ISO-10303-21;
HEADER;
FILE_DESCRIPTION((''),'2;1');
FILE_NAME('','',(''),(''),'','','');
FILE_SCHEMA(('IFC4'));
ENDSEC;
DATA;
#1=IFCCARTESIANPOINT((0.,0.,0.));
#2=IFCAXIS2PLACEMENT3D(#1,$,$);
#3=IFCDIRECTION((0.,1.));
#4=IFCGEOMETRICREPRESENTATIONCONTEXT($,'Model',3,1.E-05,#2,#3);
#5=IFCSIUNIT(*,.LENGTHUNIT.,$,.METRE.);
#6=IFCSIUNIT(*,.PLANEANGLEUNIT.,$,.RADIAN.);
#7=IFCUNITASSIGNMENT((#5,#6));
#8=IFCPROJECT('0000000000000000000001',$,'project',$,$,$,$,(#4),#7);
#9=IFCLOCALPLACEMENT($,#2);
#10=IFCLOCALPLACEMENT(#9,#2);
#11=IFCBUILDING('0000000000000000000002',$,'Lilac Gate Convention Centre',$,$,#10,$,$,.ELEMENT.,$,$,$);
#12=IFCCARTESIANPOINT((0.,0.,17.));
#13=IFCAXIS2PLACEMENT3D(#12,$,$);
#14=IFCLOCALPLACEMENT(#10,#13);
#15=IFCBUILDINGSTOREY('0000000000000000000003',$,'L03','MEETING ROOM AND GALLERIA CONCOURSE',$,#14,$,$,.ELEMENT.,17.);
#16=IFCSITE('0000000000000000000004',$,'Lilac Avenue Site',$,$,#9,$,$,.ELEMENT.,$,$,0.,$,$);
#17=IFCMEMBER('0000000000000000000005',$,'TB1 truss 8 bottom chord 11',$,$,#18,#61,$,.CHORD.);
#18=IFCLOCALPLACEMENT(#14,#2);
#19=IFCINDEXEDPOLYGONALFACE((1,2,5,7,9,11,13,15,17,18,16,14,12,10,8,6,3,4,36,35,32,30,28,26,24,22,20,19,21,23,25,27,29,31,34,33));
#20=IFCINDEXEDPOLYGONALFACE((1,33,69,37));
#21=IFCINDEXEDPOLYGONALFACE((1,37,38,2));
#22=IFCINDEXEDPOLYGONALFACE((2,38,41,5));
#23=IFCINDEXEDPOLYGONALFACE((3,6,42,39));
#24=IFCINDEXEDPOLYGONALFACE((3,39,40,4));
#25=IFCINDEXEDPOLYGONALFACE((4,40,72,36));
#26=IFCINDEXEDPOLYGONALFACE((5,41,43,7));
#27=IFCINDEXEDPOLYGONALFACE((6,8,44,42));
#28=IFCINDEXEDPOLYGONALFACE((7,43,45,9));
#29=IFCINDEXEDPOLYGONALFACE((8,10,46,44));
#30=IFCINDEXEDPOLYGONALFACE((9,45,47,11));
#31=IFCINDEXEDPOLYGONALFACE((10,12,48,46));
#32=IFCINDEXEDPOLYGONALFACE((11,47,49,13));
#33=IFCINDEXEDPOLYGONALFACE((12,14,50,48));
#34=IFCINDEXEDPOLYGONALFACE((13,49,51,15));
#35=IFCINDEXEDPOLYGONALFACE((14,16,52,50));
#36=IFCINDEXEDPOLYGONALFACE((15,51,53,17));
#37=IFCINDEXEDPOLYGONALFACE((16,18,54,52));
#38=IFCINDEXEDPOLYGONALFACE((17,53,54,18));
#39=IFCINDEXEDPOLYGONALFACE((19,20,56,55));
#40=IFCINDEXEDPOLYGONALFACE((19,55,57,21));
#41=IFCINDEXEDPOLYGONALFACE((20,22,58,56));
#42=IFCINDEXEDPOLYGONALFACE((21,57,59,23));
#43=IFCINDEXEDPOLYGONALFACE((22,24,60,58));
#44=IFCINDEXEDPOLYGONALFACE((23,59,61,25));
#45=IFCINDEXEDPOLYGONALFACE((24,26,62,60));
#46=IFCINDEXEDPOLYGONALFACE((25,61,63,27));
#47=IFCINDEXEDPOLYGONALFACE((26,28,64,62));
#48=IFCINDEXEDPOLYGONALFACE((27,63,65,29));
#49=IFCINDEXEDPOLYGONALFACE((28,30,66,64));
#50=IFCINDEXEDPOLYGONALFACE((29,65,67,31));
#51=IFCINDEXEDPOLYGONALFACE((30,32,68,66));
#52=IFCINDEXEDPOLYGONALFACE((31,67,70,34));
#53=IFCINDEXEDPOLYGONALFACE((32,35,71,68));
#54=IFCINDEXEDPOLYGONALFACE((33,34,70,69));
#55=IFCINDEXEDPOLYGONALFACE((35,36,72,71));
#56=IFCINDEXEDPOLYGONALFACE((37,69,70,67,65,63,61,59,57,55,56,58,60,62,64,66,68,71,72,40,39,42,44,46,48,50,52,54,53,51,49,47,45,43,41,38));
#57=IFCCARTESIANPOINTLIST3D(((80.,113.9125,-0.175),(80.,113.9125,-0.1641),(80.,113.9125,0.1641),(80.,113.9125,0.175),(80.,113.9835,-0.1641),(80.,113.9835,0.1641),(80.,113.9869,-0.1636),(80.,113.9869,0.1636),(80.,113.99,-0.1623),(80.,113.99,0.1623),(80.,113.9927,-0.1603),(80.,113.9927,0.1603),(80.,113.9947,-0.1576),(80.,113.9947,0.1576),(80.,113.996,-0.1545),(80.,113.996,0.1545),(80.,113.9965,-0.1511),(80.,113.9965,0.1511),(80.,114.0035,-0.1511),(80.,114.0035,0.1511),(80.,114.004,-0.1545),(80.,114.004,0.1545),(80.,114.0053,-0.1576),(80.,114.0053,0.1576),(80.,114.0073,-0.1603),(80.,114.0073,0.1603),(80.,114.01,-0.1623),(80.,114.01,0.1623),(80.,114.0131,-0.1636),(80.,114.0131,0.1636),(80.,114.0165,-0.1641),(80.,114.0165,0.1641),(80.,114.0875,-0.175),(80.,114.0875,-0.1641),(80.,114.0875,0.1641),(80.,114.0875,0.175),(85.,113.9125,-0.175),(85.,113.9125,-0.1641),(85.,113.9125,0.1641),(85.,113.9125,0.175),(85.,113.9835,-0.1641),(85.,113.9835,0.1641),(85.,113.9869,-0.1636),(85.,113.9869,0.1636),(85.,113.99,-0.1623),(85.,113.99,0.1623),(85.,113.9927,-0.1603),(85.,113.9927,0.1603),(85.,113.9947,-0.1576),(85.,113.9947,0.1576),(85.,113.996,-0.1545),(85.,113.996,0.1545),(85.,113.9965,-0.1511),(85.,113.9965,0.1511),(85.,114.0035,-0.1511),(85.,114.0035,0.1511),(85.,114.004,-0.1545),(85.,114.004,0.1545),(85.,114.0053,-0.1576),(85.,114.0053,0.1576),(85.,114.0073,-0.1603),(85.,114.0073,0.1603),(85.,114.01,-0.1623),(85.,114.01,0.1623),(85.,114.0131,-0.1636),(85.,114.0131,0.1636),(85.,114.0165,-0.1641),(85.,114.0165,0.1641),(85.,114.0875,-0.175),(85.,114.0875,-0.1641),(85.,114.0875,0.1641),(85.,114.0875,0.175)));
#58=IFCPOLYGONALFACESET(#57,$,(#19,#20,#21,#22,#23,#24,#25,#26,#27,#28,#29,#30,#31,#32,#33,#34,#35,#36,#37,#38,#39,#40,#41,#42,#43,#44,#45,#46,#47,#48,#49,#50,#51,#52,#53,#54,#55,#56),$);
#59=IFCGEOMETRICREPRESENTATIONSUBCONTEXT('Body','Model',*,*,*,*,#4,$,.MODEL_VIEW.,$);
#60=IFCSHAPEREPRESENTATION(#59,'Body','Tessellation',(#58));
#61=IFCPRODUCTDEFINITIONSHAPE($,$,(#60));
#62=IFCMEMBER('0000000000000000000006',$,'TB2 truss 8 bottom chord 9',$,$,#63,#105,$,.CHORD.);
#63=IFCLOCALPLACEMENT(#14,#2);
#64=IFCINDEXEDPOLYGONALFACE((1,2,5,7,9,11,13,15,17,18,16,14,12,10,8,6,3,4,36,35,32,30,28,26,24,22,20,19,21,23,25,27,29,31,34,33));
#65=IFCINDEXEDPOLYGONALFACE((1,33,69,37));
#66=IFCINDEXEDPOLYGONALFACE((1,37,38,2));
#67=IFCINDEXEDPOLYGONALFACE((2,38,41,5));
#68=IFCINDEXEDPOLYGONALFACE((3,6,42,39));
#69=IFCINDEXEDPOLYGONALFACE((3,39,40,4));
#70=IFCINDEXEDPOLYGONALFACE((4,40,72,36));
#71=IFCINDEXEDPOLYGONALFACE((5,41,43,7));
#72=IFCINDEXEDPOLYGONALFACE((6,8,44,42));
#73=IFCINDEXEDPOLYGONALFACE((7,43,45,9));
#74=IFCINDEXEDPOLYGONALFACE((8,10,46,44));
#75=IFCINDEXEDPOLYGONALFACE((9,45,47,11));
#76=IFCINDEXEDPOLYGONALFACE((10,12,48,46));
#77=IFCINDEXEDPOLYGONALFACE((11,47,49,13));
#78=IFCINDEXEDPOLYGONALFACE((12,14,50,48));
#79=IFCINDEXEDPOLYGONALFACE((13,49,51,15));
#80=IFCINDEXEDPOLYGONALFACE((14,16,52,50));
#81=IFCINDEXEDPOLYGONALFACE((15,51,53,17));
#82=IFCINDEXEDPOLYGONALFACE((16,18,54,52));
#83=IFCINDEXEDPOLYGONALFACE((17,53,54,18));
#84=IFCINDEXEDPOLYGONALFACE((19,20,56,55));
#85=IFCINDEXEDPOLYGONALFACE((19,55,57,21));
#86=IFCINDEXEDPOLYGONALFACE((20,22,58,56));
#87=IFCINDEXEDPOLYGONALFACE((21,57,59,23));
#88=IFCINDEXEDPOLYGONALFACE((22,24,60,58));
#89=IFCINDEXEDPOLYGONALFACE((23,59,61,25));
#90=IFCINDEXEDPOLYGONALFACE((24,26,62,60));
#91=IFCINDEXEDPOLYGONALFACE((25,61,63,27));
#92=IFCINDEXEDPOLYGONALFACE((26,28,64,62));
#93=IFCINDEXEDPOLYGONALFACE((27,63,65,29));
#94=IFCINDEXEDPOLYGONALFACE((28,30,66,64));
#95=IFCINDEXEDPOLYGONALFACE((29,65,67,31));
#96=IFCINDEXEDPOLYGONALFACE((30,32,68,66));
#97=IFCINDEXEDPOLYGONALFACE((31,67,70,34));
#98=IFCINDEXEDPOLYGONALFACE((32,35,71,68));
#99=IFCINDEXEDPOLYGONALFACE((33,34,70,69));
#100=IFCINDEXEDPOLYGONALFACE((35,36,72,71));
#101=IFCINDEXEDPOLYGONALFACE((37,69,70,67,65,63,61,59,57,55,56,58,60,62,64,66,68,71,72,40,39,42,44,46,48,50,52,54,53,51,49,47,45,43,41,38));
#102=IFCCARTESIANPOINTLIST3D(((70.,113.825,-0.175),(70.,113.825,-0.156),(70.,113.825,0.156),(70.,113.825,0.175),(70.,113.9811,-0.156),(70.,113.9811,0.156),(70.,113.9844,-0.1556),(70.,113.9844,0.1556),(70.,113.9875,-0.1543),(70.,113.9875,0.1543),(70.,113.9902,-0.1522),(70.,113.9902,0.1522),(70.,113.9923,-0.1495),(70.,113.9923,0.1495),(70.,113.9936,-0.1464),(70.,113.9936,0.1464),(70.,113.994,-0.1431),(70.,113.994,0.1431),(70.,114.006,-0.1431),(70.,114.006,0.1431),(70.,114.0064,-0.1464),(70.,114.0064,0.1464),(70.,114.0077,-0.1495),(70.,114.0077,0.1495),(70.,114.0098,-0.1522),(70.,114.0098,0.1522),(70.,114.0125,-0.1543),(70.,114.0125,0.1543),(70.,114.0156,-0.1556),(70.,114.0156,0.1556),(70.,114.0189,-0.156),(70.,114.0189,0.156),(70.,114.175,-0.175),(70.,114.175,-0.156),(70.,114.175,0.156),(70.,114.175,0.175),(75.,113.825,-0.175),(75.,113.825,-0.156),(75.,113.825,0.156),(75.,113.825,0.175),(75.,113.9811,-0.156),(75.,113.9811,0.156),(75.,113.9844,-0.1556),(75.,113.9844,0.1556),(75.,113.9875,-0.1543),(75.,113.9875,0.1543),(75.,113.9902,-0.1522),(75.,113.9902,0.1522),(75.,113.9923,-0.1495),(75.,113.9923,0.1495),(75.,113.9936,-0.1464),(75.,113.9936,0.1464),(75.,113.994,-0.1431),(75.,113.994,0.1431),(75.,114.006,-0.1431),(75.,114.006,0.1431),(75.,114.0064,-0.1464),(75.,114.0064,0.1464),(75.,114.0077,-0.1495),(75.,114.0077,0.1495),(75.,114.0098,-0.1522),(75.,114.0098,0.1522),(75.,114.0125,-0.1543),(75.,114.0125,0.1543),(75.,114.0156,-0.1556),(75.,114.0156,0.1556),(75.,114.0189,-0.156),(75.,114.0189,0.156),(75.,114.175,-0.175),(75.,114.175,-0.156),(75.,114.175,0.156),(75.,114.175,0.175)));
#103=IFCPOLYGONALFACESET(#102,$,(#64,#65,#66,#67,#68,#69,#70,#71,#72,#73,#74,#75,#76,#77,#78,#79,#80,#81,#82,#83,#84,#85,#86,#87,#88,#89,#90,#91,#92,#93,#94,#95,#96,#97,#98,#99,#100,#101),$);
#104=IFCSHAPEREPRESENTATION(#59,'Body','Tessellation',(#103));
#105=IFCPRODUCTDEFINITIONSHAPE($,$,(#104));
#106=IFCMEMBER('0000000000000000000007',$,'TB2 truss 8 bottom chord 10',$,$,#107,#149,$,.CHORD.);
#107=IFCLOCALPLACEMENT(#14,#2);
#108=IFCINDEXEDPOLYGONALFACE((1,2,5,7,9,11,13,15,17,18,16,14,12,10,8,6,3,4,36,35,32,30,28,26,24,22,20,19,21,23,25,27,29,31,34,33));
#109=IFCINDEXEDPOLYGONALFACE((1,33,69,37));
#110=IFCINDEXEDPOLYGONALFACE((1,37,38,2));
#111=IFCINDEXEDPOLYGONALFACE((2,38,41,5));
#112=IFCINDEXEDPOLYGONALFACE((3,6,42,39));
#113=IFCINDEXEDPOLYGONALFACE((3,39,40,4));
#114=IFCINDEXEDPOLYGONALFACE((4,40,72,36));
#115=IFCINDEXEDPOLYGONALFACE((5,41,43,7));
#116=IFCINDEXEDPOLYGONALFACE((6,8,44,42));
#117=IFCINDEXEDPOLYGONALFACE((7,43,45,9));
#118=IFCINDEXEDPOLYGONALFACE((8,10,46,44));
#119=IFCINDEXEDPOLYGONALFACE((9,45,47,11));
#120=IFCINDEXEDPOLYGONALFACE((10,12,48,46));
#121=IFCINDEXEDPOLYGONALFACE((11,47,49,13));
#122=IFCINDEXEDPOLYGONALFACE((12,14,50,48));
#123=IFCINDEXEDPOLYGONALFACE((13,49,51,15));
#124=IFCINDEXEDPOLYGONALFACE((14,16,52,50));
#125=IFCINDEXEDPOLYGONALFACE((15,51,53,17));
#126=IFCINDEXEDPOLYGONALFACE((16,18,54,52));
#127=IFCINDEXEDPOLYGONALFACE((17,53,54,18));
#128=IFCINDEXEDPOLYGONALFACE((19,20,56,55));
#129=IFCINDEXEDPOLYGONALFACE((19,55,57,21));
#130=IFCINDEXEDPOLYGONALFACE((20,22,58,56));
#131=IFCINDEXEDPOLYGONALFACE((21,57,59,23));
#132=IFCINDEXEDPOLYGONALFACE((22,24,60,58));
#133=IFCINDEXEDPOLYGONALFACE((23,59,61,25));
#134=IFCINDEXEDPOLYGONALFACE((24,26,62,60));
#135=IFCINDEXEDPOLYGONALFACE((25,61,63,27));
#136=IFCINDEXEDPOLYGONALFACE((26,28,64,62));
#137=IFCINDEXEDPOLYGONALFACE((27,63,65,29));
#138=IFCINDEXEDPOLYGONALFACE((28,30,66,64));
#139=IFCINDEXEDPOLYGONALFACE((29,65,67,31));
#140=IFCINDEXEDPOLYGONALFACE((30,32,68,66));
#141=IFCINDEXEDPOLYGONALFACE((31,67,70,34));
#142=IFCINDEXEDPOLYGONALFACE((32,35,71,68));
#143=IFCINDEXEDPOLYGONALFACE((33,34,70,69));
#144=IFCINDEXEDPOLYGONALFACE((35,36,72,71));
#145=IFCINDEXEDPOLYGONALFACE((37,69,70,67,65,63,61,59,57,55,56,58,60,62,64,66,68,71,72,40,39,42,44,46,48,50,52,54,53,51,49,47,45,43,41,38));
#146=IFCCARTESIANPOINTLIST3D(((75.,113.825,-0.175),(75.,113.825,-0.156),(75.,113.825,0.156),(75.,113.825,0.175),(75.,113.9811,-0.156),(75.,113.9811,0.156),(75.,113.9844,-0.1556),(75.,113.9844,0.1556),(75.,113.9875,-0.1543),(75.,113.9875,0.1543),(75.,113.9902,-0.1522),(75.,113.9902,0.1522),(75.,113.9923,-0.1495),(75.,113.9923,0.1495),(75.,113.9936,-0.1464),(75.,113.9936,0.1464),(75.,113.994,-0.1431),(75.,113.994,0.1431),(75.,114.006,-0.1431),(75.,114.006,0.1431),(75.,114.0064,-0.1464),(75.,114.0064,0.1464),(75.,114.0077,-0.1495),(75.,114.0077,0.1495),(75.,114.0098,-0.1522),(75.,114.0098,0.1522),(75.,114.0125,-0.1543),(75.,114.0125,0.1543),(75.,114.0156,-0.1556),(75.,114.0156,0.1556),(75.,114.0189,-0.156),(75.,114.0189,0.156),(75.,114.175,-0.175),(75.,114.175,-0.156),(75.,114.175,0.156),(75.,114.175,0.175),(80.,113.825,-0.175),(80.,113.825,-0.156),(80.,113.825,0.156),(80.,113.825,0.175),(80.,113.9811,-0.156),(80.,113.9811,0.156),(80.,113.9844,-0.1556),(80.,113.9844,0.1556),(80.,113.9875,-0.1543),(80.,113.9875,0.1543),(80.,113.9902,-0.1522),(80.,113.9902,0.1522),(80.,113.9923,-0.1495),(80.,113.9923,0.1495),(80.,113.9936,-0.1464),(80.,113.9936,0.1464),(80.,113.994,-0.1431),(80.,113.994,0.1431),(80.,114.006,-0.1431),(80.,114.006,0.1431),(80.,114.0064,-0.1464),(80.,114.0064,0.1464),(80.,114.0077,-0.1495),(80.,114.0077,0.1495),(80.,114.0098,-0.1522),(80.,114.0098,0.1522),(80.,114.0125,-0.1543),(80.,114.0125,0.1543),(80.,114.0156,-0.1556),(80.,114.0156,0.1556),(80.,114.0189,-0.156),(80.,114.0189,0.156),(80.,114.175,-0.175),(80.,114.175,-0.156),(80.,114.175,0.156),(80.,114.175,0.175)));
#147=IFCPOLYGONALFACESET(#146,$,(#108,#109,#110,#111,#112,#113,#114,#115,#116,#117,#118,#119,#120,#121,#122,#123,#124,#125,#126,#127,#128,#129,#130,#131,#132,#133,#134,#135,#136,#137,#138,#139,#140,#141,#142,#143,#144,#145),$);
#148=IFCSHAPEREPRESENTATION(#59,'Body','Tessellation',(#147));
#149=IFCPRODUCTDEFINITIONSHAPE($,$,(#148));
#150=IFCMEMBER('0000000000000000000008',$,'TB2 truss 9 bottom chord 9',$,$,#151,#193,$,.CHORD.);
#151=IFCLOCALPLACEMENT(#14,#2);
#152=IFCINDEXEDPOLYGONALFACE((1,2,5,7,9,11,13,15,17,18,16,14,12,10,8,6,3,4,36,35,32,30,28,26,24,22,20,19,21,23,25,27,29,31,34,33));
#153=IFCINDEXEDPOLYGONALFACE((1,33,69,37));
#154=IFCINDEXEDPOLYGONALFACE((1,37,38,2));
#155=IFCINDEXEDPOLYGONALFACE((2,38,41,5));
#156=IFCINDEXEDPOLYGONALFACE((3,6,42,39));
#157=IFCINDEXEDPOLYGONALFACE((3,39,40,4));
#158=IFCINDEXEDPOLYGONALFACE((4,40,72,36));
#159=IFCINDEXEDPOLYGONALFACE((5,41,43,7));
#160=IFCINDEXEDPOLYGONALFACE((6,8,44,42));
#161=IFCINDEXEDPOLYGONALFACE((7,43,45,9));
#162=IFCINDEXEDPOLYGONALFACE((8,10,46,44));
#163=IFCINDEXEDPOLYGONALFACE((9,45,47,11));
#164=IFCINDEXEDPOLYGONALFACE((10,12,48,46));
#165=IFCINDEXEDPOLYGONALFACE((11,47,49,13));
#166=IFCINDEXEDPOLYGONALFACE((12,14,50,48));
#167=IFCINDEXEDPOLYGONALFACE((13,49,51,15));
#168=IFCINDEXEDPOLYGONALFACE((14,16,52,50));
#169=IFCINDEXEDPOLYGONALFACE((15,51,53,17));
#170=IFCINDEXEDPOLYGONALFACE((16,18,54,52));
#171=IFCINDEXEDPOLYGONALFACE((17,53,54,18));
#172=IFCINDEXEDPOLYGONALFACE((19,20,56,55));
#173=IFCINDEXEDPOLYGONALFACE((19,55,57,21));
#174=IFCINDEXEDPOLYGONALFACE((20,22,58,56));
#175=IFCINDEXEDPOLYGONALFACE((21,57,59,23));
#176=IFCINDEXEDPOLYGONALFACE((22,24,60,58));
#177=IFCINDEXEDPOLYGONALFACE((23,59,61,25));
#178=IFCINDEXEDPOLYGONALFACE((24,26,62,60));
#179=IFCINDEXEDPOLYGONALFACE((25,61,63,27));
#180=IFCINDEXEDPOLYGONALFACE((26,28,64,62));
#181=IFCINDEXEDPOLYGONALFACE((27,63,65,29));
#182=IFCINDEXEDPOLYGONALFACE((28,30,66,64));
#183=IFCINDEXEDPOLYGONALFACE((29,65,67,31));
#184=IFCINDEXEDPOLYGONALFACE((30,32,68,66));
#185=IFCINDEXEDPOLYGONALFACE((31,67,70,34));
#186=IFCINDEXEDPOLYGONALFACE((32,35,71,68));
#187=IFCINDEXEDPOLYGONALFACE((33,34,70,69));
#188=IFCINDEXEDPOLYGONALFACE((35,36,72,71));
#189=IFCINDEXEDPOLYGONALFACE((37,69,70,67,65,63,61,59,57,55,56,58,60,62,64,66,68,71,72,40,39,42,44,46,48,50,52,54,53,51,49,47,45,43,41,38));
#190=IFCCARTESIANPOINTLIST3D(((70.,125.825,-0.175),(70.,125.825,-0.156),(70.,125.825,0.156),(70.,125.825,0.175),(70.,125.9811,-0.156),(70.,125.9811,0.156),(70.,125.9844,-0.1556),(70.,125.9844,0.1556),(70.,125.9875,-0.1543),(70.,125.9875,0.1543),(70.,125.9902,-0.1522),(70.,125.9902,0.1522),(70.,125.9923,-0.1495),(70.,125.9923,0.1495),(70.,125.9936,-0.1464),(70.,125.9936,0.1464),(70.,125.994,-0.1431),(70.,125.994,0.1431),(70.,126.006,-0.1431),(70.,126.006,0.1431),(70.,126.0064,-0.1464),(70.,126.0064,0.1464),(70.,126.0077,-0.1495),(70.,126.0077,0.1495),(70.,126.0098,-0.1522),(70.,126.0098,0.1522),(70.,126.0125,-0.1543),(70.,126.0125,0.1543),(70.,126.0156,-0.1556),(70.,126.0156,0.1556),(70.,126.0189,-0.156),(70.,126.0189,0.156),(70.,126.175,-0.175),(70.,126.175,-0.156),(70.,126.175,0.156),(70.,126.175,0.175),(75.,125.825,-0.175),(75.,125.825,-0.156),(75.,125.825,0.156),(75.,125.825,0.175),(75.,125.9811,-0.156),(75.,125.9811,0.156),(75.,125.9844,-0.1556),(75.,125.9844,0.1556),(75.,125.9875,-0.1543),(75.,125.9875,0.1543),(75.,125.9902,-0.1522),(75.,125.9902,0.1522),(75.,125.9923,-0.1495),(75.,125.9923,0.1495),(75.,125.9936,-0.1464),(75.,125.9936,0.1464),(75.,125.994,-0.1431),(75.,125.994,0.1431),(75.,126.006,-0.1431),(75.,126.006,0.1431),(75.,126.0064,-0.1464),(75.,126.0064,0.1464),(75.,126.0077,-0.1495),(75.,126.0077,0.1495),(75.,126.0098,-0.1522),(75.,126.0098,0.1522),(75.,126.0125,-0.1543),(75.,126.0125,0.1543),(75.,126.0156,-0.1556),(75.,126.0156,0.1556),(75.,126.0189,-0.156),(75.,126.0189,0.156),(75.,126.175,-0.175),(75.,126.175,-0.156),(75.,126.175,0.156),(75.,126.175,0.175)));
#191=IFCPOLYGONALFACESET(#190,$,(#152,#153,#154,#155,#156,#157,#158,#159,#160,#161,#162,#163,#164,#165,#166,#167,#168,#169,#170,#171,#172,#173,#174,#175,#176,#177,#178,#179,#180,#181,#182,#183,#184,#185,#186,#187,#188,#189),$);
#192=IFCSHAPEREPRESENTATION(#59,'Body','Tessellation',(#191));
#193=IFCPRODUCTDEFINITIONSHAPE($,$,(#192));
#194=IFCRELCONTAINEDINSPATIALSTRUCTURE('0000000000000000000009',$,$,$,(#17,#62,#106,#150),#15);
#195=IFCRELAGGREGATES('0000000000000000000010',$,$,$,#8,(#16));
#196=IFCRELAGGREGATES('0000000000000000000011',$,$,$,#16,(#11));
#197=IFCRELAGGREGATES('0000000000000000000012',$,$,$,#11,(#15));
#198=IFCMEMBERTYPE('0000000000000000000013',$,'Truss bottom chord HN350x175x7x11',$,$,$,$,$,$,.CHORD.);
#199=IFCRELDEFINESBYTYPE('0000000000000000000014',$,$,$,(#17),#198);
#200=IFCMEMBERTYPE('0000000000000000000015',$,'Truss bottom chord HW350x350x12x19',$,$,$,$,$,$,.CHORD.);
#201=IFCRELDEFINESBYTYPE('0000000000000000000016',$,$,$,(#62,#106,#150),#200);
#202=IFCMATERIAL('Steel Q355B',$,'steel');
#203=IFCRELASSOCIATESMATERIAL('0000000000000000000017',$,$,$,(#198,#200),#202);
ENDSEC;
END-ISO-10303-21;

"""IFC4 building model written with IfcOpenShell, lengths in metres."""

from ifc_helpers import new_model, si_unit, direction, frame, origin, origin_2d, place, context, subcontext, project, spatial, i_section, extrude, material, material_profile, profile_set, type_object, element, save


model = new_model("IFC4")

# Units and contexts
model_context = context("Model", 3, precision=1e-05, world=origin(), true_north=direction((0.0, 1.0)))
body_context = subcontext(model_context, "Body", "Model", "MODEL_VIEW")
ifc_project = project(units=[si_unit("LENGTHUNIT", "METRE"), si_unit("PLANEANGLEUNIT", "RADIAN")], contexts=[model_context])

# Site, building, storey
site_placement = place(None, origin())
site = spatial("IfcSite", under=ifc_project, at=site_placement, Name="Lilac Avenue Site", CompositionType="ELEMENT", RefElevation=0.0)
building_placement = place(site_placement, origin())
building = spatial("IfcBuilding", under=site, at=building_placement, Name="Lilac Gate Convention Centre", CompositionType="ELEMENT")
storey_placement = place(building_placement, frame((0.0, 0.0, 17.0)))
storey = spatial("IfcBuildingStorey", under=building, at=storey_placement, Name="L03", Description="MEETING ROOM AND GALLERIA CONCOURSE", CompositionType="ELEMENT", Elevation=17.0)

# Members
ifc_material = material(Name="Steel Q355B", Category="steel")
ifc_material_profile_1 = material_profile(ifc_material, i_section(OverallWidth=0.175, OverallDepth=0.3501, WebThickness=0.0071, FlangeThickness=0.011, FilletRadius=0.0129, at=origin_2d()), Name="HN350x175x7x11")
ifc_profile_set_1 = profile_set([ifc_material_profile_1], Name="Steel Q355B")
member_type_1 = type_object("IfcMemberType", Name="Truss bottom chord HN350x175x7x11", PredefinedType="CHORD", material=ifc_profile_set_1)
member_1_placement = place(storey_placement, frame((80.0, 114.0, 0.0), z_axis=(1.0, 0.0, 0.0), x_axis=(0.0, 1.0, 0.0)))
element("IfcMember", 1, at=member_1_placement, inside=storey, type_object=member_type_1, Name="TB1 truss 8 bottom chord 11", PredefinedType="CHORD", context=body_context, shape_type="SweptSolid", body=[
    extrude(i_section(OverallWidth=0.175, OverallDepth=0.3501, WebThickness=0.0071, FlangeThickness=0.011, FilletRadius=0.0129, at=origin_2d()), origin(), (0.0, 0.0, 1.0), 5.0),
])
ifc_material_profile_2 = material_profile(ifc_material, i_section(OverallWidth=0.3501, OverallDepth=0.3501, WebThickness=0.012, FlangeThickness=0.019, FilletRadius=0.0129, at=origin_2d()), Name="HW350x350x12x19")
ifc_profile_set_2 = profile_set([ifc_material_profile_2], Name="Steel Q355B")
member_type_2 = type_object("IfcMemberType", Name="Truss bottom chord HW350x350x12x19", PredefinedType="CHORD", material=ifc_profile_set_2)
for number, where, z_axis, x_axis, name in (
    (2, (70.0, 114.0, 0.0), (1.0, 0.0, 0.0), (0.0, 1.0, 0.0), "TB2 truss 8 bottom chord 9"),
    (3, (75.0, 114.0, 0.0), (1.0, 0.0, 0.0), (0.0, 1.0, 0.0), "TB2 truss 8 bottom chord 10"),
    (4, (70.0, 126.0, 0.0), (1.0, 0.0, 0.0), (0.0, 1.0, 0.0), "TB2 truss 9 bottom chord 9"),
):
    element("IfcMember", number, at=place(storey_placement, frame(where, z_axis=z_axis, x_axis=x_axis)), inside=storey, type_object=member_type_2, Name=name, PredefinedType="CHORD", context=body_context, shape_type="SweptSolid", body=[
        extrude(i_section(OverallWidth=0.3501, OverallDepth=0.3501, WebThickness=0.012, FlangeThickness=0.019, FilletRadius=0.0129, at=origin_2d()), origin(), (0.0, 0.0, 1.0), 5.0),
    ])

save(model, "model.ifc")
